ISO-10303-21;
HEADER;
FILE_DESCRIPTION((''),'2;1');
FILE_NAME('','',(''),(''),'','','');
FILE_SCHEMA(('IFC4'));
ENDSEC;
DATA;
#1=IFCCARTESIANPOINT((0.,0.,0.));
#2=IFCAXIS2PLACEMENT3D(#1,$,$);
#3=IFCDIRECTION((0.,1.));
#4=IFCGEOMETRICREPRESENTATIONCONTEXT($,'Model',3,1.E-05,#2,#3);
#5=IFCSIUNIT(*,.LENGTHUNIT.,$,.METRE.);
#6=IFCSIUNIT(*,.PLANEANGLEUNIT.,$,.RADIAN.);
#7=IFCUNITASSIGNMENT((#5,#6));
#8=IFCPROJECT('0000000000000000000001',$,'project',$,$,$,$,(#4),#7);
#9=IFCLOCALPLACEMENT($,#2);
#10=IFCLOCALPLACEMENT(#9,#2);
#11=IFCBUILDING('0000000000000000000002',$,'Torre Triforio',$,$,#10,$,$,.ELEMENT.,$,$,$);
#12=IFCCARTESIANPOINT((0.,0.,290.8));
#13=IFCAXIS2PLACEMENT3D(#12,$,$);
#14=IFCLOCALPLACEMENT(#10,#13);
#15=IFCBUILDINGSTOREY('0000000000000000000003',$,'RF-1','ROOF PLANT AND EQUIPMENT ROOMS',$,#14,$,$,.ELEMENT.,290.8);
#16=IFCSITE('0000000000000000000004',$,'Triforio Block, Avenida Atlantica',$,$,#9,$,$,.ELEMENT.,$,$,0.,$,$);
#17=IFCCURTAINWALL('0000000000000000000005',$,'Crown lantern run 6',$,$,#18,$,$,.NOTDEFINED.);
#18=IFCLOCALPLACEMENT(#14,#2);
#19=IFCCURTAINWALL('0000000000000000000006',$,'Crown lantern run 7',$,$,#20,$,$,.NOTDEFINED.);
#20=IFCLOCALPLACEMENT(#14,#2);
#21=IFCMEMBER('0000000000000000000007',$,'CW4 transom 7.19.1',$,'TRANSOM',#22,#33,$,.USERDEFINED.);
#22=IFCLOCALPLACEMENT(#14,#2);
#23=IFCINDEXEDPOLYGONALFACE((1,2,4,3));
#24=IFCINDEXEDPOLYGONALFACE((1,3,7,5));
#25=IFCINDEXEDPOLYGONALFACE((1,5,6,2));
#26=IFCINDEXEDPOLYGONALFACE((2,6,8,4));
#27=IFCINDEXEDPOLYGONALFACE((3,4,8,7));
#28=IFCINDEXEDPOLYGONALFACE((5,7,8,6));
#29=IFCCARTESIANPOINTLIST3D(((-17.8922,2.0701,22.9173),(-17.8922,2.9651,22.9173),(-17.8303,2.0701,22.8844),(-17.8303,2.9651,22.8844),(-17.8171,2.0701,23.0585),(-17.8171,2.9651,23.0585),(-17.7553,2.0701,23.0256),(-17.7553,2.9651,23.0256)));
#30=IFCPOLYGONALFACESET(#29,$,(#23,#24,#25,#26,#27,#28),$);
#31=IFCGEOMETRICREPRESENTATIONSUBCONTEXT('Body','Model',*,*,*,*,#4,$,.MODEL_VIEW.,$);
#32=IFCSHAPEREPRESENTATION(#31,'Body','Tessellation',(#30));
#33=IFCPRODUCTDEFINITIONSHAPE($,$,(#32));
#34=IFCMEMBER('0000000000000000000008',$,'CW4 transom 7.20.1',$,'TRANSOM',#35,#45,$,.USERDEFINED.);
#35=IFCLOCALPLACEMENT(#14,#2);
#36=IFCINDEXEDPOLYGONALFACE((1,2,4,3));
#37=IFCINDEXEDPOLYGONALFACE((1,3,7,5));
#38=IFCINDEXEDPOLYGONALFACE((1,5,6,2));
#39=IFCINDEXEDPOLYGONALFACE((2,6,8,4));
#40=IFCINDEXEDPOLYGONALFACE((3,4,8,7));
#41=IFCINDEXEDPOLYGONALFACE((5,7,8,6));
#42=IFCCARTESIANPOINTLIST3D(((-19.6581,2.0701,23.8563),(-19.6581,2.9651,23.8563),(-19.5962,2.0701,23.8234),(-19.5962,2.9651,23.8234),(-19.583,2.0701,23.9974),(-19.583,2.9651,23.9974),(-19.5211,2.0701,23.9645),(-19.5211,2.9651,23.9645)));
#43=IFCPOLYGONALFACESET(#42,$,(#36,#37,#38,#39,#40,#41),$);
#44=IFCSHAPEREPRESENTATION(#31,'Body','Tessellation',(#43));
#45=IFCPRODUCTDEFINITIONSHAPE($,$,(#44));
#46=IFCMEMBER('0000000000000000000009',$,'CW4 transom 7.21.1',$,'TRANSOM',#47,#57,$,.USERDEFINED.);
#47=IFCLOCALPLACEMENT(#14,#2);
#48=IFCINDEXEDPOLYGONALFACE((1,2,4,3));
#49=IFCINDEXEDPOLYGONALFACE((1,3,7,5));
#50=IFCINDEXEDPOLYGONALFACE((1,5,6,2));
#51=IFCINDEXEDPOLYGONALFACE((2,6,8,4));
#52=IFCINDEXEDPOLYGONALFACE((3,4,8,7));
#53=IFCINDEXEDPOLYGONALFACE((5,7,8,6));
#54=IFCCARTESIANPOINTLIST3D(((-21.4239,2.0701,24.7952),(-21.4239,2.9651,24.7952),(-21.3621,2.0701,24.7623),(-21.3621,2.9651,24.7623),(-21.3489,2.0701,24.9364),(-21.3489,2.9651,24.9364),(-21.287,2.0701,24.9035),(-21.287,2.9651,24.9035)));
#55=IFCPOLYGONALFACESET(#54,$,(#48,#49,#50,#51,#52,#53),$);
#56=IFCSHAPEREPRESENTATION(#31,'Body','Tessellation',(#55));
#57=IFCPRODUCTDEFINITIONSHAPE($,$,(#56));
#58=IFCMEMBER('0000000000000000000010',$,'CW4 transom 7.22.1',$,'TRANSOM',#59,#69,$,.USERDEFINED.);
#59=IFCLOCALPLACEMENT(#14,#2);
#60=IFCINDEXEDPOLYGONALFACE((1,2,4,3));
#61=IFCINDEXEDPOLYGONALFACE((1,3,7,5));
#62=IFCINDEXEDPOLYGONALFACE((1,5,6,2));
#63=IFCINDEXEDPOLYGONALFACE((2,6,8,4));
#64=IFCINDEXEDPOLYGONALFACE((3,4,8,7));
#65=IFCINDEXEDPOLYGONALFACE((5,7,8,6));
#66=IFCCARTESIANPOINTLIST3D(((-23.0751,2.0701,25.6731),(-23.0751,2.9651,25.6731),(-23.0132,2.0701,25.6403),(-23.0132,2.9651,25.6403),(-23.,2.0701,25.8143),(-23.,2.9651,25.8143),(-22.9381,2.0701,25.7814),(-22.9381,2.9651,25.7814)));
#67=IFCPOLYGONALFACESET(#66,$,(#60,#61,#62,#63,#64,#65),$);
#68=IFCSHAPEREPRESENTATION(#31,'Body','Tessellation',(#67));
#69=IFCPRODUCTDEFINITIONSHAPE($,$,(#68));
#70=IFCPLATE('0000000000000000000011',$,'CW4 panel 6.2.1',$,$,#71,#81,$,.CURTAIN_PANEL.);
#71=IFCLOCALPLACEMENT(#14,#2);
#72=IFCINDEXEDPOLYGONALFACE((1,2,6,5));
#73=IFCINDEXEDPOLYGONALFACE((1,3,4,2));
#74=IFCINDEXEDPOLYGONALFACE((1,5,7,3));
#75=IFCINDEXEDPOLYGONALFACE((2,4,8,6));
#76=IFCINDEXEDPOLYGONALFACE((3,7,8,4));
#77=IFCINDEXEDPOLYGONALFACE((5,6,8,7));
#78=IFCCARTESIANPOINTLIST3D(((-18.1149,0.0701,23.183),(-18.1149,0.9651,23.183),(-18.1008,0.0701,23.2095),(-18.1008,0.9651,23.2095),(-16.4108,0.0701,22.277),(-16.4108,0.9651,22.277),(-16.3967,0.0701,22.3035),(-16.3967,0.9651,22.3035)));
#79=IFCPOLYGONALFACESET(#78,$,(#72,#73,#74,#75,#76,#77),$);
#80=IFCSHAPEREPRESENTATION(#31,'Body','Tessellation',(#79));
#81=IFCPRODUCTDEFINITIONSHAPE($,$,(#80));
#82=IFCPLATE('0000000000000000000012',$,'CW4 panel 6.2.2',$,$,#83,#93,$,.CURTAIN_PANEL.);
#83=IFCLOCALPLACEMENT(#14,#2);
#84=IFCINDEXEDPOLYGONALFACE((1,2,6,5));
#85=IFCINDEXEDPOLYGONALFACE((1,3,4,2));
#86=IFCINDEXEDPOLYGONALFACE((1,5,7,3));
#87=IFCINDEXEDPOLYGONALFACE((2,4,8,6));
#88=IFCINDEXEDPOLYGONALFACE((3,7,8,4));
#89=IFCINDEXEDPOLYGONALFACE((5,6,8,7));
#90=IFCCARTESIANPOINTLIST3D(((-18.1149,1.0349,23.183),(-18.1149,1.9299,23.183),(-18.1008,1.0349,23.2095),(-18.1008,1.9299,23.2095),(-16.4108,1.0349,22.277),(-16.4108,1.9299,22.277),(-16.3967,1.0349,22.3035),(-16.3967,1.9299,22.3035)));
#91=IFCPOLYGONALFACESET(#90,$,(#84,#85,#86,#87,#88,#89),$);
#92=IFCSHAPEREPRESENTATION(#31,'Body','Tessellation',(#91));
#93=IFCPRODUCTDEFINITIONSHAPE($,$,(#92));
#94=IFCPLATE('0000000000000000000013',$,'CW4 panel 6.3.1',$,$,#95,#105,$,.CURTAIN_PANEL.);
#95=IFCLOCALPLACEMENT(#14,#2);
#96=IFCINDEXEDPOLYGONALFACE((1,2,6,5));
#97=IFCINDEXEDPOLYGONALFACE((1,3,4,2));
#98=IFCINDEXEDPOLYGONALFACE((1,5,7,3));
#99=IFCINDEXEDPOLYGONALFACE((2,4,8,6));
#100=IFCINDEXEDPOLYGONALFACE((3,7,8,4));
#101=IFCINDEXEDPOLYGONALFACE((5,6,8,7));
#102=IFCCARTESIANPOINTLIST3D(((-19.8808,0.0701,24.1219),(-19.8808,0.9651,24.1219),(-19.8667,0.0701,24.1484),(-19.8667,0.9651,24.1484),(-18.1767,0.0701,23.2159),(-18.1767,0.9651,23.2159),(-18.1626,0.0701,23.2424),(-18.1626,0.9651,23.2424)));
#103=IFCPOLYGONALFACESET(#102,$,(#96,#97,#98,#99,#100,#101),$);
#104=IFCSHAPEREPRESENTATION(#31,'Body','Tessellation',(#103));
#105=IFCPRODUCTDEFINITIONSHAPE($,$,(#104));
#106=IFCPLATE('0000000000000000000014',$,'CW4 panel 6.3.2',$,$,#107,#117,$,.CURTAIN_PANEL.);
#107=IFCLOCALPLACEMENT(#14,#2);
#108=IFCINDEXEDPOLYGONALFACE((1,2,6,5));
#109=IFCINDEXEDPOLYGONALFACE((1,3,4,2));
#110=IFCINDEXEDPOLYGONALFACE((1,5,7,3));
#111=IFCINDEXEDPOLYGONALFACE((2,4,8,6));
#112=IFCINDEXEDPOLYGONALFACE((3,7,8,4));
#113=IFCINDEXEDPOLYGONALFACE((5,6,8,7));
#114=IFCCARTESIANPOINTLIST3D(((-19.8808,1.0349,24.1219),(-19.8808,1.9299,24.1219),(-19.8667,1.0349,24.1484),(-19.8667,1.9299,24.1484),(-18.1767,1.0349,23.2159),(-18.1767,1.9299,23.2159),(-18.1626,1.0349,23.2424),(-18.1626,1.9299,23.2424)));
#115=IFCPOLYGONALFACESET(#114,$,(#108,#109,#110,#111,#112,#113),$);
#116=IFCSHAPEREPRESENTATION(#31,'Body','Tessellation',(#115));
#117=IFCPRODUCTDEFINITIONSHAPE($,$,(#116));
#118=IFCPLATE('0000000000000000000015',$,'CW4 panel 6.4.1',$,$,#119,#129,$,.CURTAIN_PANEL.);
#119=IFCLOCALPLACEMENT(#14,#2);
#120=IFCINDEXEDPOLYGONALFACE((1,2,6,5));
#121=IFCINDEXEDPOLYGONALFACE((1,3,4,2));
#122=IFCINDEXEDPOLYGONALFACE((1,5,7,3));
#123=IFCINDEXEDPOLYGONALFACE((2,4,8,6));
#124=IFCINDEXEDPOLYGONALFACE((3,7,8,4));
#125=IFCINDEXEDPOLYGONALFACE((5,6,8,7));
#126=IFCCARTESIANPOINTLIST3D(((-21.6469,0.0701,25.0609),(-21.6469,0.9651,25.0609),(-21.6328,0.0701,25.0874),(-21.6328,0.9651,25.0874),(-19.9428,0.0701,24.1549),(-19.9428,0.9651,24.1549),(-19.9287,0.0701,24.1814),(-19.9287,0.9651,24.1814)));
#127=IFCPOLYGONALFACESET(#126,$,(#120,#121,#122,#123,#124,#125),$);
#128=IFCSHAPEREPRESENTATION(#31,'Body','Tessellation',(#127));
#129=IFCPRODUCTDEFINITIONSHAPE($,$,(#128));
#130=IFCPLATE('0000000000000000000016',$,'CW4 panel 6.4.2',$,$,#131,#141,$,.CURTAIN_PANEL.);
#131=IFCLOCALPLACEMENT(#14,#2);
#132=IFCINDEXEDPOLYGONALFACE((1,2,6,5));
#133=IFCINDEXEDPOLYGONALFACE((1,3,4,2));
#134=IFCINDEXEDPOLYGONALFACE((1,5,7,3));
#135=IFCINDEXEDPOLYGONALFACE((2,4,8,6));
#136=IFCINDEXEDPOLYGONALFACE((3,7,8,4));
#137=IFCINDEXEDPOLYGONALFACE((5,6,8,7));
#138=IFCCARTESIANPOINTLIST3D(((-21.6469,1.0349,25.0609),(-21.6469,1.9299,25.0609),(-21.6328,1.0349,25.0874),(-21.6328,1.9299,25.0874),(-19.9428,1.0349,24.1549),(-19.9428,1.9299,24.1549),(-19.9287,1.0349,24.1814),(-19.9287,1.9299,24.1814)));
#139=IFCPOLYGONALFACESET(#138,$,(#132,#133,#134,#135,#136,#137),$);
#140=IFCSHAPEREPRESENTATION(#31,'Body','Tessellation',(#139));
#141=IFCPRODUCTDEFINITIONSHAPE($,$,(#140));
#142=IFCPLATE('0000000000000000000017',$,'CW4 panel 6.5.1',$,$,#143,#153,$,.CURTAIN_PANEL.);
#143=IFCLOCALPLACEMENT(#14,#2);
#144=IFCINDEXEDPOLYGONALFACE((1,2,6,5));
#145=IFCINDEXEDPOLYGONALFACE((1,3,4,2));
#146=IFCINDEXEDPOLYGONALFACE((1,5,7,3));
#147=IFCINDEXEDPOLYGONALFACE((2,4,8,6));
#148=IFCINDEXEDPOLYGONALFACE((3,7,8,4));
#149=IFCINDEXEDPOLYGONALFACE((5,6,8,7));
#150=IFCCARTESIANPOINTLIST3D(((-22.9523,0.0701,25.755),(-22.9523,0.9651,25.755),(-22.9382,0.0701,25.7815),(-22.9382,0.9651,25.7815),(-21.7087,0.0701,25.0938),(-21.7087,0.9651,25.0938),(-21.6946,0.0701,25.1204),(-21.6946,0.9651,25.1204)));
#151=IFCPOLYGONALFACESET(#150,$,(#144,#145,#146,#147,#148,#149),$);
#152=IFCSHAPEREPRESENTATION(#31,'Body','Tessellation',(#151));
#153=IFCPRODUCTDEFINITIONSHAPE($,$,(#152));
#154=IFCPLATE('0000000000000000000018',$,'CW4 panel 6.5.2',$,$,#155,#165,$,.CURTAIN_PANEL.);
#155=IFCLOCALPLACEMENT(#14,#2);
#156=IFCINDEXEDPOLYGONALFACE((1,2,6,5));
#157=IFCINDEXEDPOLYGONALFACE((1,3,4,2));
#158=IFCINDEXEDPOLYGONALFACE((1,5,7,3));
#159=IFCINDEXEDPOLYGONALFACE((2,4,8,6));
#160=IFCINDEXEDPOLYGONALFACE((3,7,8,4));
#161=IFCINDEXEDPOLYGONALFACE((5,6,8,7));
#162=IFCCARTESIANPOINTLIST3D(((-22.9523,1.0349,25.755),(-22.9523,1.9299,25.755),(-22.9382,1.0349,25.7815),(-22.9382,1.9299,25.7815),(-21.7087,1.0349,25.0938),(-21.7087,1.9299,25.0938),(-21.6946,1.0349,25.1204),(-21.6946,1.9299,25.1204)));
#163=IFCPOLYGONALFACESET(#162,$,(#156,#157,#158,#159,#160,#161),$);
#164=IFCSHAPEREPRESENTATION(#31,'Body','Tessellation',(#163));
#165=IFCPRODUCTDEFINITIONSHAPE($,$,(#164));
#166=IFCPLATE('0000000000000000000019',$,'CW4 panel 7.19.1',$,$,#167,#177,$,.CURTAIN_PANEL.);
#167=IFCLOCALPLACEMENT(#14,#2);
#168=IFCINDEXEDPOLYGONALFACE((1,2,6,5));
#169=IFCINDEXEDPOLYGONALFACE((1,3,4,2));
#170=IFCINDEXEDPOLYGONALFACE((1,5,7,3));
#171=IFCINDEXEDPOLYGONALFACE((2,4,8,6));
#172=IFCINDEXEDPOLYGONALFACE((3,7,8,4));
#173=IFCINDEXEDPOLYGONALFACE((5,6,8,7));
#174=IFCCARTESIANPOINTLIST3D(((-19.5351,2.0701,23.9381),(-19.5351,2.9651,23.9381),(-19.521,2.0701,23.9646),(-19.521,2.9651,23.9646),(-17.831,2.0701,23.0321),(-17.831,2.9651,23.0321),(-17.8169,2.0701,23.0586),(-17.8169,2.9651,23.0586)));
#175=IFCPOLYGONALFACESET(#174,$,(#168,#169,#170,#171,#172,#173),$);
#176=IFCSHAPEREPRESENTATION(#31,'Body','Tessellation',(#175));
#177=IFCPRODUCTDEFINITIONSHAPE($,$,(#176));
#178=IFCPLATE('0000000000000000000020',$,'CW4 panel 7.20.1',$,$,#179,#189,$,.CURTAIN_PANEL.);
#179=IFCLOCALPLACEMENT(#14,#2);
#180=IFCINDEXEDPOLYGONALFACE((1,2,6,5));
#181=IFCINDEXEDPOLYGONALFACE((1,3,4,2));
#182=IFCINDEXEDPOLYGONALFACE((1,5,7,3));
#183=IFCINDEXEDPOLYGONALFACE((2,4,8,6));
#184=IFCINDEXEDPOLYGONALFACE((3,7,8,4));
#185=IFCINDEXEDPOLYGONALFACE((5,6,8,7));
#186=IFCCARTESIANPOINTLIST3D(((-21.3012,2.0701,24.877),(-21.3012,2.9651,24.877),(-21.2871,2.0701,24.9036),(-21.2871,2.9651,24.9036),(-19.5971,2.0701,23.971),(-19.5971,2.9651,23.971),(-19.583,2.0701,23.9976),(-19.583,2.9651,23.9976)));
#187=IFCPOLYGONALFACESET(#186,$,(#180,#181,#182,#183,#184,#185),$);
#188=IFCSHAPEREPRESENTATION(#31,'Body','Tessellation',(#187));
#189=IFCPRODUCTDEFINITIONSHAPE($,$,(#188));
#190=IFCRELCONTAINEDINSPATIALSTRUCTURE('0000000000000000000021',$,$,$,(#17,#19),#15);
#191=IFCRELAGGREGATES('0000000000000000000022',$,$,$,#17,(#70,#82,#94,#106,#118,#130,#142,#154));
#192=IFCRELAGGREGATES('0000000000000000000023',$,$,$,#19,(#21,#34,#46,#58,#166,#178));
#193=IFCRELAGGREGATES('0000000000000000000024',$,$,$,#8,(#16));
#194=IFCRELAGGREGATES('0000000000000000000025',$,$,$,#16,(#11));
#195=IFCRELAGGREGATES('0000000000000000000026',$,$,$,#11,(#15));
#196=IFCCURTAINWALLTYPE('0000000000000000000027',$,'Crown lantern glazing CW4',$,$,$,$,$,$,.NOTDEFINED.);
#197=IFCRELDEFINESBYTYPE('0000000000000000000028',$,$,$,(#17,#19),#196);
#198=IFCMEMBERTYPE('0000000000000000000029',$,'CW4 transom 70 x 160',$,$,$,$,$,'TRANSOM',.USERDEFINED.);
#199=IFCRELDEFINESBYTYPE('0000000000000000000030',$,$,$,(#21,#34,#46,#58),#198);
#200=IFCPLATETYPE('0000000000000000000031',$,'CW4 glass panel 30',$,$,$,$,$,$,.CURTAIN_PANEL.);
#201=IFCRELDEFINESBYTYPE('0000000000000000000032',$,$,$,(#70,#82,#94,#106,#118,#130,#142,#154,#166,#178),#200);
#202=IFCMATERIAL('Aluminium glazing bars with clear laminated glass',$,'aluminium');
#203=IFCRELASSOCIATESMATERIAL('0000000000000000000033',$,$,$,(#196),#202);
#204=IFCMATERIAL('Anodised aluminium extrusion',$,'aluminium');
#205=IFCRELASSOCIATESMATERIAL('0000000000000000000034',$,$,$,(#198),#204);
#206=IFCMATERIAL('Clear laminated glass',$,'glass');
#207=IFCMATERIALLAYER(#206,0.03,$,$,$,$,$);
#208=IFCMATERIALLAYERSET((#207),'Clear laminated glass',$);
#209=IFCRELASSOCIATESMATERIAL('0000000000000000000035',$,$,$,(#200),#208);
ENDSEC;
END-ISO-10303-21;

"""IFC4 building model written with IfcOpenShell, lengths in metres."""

from ifc_helpers import new_model, si_unit, direction, frame, origin, origin_2d, place, context, subcontext, project, spatial, polyline, rectangle, outline, extrude, material, layer, layer_set, material_profile, profile_set, type_object, element, aggregate, save


model = new_model("IFC4")

# Units and contexts
model_context = context("Model", 3, precision=1e-05, world=origin(), true_north=direction((0.0, 1.0)))
body_context = subcontext(model_context, "Body", "Model", "MODEL_VIEW")
ifc_project = project(units=[si_unit("LENGTHUNIT", "METRE"), si_unit("PLANEANGLEUNIT", "RADIAN")], contexts=[model_context])

# Site, building, storey
site_placement = place(None, origin())
site = spatial("IfcSite", under=ifc_project, at=site_placement, Name="Triforio Block, Avenida Atlantica", CompositionType="ELEMENT", RefElevation=0.0)
building_placement = place(site_placement, origin())
building = spatial("IfcBuilding", under=site, at=building_placement, Name="Torre Triforio", CompositionType="ELEMENT")
storey_placement = place(building_placement, frame((0.0, 0.0, 290.8)))
storey = spatial("IfcBuildingStorey", under=building, at=storey_placement, Name="RF-1", Description="ROOF PLANT AND EQUIPMENT ROOMS", CompositionType="ELEMENT", Elevation=290.8)

# Curtain wall
ifc_material_1 = material(Name="Aluminium glazing bars with clear laminated glass", Category="aluminium")
curtain_wall_type = type_object("IfcCurtainWallType", Name="Crown lantern glazing CW4", PredefinedType="NOTDEFINED", material=ifc_material_1)
curtain_wall_1_placement = place(storey_placement, origin())
curtain_wall_1 = element("IfcCurtainWall", 1, at=curtain_wall_1_placement, inside=storey, type_object=curtain_wall_type, Name="Crown lantern run 6", PredefinedType="NOTDEFINED")
ifc_material_2 = material(Name="Anodised aluminium extrusion", Category="aluminium")

# Curtain wall
curtain_wall_2_placement = place(storey_placement, origin())
curtain_wall_2 = element("IfcCurtainWall", 2, at=curtain_wall_2_placement, inside=storey, type_object=curtain_wall_type, Name="Crown lantern run 7", PredefinedType="NOTDEFINED")

# Members
ifc_material_profile_1 = material_profile(ifc_material_2, rectangle(XDim=0.0701, YDim=0.1599, at=origin_2d()), Name="CW4 TRANSOM 70x160")
ifc_profile_set_1 = profile_set([ifc_material_profile_1], Name="Anodised aluminium extrusion")
member_type_1 = type_object("IfcMemberType", Name="CW4 transom 70 x 160", ElementType="TRANSOM", PredefinedType="USERDEFINED", material=ifc_profile_set_1)
member_1_placement = place(storey_placement, frame((-17.8237, 2.0701, 22.9714), z_axis=(0.0, 1.0, 0.0), x_axis=(-0.882948, 0.0, 0.469472)))
member_1 = element("IfcMember", 3, at=member_1_placement, type_object=member_type_1, Name="CW4 transom 7.19.1", ObjectType="TRANSOM", PredefinedType="USERDEFINED", context=body_context, shape_type="SweptSolid", body=[
    extrude(rectangle(XDim=0.0701, YDim=0.1599, at=origin_2d()), origin(), (0.0, 0.0, 1.0), 0.895),
])
member_2_placement = place(storey_placement, frame((-19.5896, 2.0701, 23.9104), z_axis=(0.0, 1.0, 0.0), x_axis=(-0.882948, 0.0, 0.469472)))
member_2 = element("IfcMember", 4, at=member_2_placement, type_object=member_type_1, Name="CW4 transom 7.20.1", ObjectType="TRANSOM", PredefinedType="USERDEFINED", context=body_context, shape_type="SweptSolid", body=[
    extrude(rectangle(XDim=0.0701, YDim=0.1599, at=origin_2d()), origin(), (0.0, 0.0, 1.0), 0.895),
])
member_3_placement = place(storey_placement, frame((-21.3555, 2.0701, 24.8494), z_axis=(0.0, 1.0, 0.0), x_axis=(-0.882948, 0.0, 0.469472)))
member_3 = element("IfcMember", 5, at=member_3_placement, type_object=member_type_1, Name="CW4 transom 7.21.1", ObjectType="TRANSOM", PredefinedType="USERDEFINED", context=body_context, shape_type="SweptSolid", body=[
    extrude(rectangle(XDim=0.0701, YDim=0.1599, at=origin_2d()), origin(), (0.0, 0.0, 1.0), 0.895),
])
member_4_placement = place(storey_placement, frame((-23.0066, 2.0701, 25.7273), z_axis=(0.0, 1.0, 0.0), x_axis=(-0.882948, 0.0, 0.469472)))
member_4 = element("IfcMember", 6, at=member_4_placement, type_object=member_type_1, Name="CW4 transom 7.22.1", ObjectType="TRANSOM", PredefinedType="USERDEFINED", context=body_context, shape_type="SweptSolid", body=[
    extrude(rectangle(XDim=0.0701, YDim=0.1599, at=origin_2d()), origin(), (0.0, 0.0, 1.0), 0.895),
])

# Plates
ifc_material_3 = material(Name="Clear laminated glass", Category="glass")
ifc_layer = layer(ifc_material_3, 0.03)
ifc_layer_set = layer_set([ifc_layer], Name="Clear laminated glass")
plate_type = type_object("IfcPlateType", Name="CW4 glass panel 30", PredefinedType="CURTAIN_PANEL", material=ifc_layer_set)
plate_1_placement = place(storey_placement, frame((-16.3967, 0.0701, 22.3035), z_axis=(0.469439, 0.0, 0.882965), x_axis=(0.0, 1.0, 0.0)))
plate_1 = element("IfcPlate", 7, at=plate_1_placement, type_object=plate_type, Name="CW4 panel 6.2.1", PredefinedType="CURTAIN_PANEL", context=body_context, shape_type="SweptSolid", body=[
    extrude(outline(polyline([(0.0, 0.0), (0.895, 0.0), (0.895, 1.93), (0.0, 1.93), (0.0, 0.0)])), origin(), (0.0, 0.0, -1.0), 0.03),
])
plate_2_placement = place(storey_placement, frame((-16.3967, 1.0349, 22.3035), z_axis=(0.469439, 0.0, 0.882965), x_axis=(0.0, 1.0, 0.0)))
plate_2 = element("IfcPlate", 8, at=plate_2_placement, type_object=plate_type, Name="CW4 panel 6.2.2", PredefinedType="CURTAIN_PANEL", context=body_context, shape_type="SweptSolid", body=[
    extrude(outline(polyline([(0.0, 0.0), (0.895, 0.0), (0.895, 1.93), (0.0, 1.93), (0.0, 0.0)])), origin(), (0.0, 0.0, -1.0), 0.03),
])
plate_3_placement = place(storey_placement, frame((-18.1626, 0.0701, 23.2424), z_axis=(0.469439, 0.0, 0.882965), x_axis=(0.0, 1.0, 0.0)))
plate_3 = element("IfcPlate", 9, at=plate_3_placement, type_object=plate_type, Name="CW4 panel 6.3.1", PredefinedType="CURTAIN_PANEL", context=body_context, shape_type="SweptSolid", body=[
    extrude(outline(polyline([(0.0, 0.0), (0.895, 0.0), (0.895, 1.93), (0.0, 1.93), (0.0, 0.0)])), origin(), (0.0, 0.0, -1.0), 0.03),
])
plate_4_placement = place(storey_placement, frame((-18.1626, 1.0349, 23.2424), z_axis=(0.469439, 0.0, 0.882965), x_axis=(0.0, 1.0, 0.0)))
plate_4 = element("IfcPlate", 10, at=plate_4_placement, type_object=plate_type, Name="CW4 panel 6.3.2", PredefinedType="CURTAIN_PANEL", context=body_context, shape_type="SweptSolid", body=[
    extrude(outline(polyline([(0.0, 0.0), (0.895, 0.0), (0.895, 1.93), (0.0, 1.93), (0.0, 0.0)])), origin(), (0.0, 0.0, -1.0), 0.03),
])
plate_5_placement = place(storey_placement, frame((-19.9287, 0.0701, 24.1814), z_axis=(0.469439, 0.0, 0.882965), x_axis=(0.0, 1.0, 0.0)))
plate_5 = element("IfcPlate", 11, at=plate_5_placement, type_object=plate_type, Name="CW4 panel 6.4.1", PredefinedType="CURTAIN_PANEL", context=body_context, shape_type="SweptSolid", body=[
    extrude(outline(polyline([(0.0, 0.0), (0.895, 0.0), (0.895, 1.93), (0.0, 1.93), (0.0, 0.0)])), origin(), (0.0, 0.0, -1.0), 0.03),
])
plate_6_placement = place(storey_placement, frame((-19.9287, 1.0349, 24.1814), z_axis=(0.469439, 0.0, 0.882965), x_axis=(0.0, 1.0, 0.0)))
plate_6 = element("IfcPlate", 12, at=plate_6_placement, type_object=plate_type, Name="CW4 panel 6.4.2", PredefinedType="CURTAIN_PANEL", context=body_context, shape_type="SweptSolid", body=[
    extrude(outline(polyline([(0.0, 0.0), (0.895, 0.0), (0.895, 1.93), (0.0, 1.93), (0.0, 0.0)])), origin(), (0.0, 0.0, -1.0), 0.03),
])
plate_7_placement = place(storey_placement, frame((-21.6946, 0.0701, 25.1204), z_axis=(0.4694, 0.0, 0.882986), x_axis=(0.0, 1.0, 0.0)))
plate_7 = element("IfcPlate", 13, at=plate_7_placement, type_object=plate_type, Name="CW4 panel 6.5.1", PredefinedType="CURTAIN_PANEL", context=body_context, shape_type="SweptSolid", body=[
    extrude(outline(polyline([(0.0, 0.0), (0.895, 0.0), (0.895, 1.4085), (0.0, 1.4085), (0.0, 0.0)])), origin(), (0.0, 0.0, -1.0), 0.03),
])
plate_8_placement = place(storey_placement, frame((-21.6946, 1.0349, 25.1204), z_axis=(0.4694, 0.0, 0.882986), x_axis=(0.0, 1.0, 0.0)))
plate_8 = element("IfcPlate", 14, at=plate_8_placement, type_object=plate_type, Name="CW4 panel 6.5.2", PredefinedType="CURTAIN_PANEL", context=body_context, shape_type="SweptSolid", body=[
    extrude(outline(polyline([(0.0, 0.0), (0.895, 0.0), (0.895, 1.4085), (0.0, 1.4085), (0.0, 0.0)])), origin(), (0.0, 0.0, -1.0), 0.03),
])
aggregate(curtain_wall_1, [plate_1, plate_2, plate_3, plate_4, plate_5, plate_6, plate_7, plate_8])
plate_9_placement = place(storey_placement, frame((-17.8169, 2.0701, 23.0586), z_axis=(0.469439, 0.0, 0.882965), x_axis=(0.0, 1.0, 0.0)))
plate_9 = element("IfcPlate", 15, at=plate_9_placement, type_object=plate_type, Name="CW4 panel 7.19.1", PredefinedType="CURTAIN_PANEL", context=body_context, shape_type="SweptSolid", body=[
    extrude(outline(polyline([(0.0, 0.0), (0.895, 0.0), (0.895, 1.93), (0.0, 1.93), (0.0, 0.0)])), origin(), (0.0, 0.0, -1.0), 0.03),
])
plate_10_placement = place(storey_placement, frame((-19.583, 2.0701, 23.9976), z_axis=(0.469439, 0.0, 0.882965), x_axis=(0.0, 1.0, 0.0)))
plate_10 = element("IfcPlate", 16, at=plate_10_placement, type_object=plate_type, Name="CW4 panel 7.20.1", PredefinedType="CURTAIN_PANEL", context=body_context, shape_type="SweptSolid", body=[
    extrude(outline(polyline([(0.0, 0.0), (0.895, 0.0), (0.895, 1.93), (0.0, 1.93), (0.0, 0.0)])), origin(), (0.0, 0.0, -1.0), 0.03),
])
aggregate(curtain_wall_2, [member_1, member_2, member_3, member_4, plate_9, plate_10])

save(model, "model.ifc")
